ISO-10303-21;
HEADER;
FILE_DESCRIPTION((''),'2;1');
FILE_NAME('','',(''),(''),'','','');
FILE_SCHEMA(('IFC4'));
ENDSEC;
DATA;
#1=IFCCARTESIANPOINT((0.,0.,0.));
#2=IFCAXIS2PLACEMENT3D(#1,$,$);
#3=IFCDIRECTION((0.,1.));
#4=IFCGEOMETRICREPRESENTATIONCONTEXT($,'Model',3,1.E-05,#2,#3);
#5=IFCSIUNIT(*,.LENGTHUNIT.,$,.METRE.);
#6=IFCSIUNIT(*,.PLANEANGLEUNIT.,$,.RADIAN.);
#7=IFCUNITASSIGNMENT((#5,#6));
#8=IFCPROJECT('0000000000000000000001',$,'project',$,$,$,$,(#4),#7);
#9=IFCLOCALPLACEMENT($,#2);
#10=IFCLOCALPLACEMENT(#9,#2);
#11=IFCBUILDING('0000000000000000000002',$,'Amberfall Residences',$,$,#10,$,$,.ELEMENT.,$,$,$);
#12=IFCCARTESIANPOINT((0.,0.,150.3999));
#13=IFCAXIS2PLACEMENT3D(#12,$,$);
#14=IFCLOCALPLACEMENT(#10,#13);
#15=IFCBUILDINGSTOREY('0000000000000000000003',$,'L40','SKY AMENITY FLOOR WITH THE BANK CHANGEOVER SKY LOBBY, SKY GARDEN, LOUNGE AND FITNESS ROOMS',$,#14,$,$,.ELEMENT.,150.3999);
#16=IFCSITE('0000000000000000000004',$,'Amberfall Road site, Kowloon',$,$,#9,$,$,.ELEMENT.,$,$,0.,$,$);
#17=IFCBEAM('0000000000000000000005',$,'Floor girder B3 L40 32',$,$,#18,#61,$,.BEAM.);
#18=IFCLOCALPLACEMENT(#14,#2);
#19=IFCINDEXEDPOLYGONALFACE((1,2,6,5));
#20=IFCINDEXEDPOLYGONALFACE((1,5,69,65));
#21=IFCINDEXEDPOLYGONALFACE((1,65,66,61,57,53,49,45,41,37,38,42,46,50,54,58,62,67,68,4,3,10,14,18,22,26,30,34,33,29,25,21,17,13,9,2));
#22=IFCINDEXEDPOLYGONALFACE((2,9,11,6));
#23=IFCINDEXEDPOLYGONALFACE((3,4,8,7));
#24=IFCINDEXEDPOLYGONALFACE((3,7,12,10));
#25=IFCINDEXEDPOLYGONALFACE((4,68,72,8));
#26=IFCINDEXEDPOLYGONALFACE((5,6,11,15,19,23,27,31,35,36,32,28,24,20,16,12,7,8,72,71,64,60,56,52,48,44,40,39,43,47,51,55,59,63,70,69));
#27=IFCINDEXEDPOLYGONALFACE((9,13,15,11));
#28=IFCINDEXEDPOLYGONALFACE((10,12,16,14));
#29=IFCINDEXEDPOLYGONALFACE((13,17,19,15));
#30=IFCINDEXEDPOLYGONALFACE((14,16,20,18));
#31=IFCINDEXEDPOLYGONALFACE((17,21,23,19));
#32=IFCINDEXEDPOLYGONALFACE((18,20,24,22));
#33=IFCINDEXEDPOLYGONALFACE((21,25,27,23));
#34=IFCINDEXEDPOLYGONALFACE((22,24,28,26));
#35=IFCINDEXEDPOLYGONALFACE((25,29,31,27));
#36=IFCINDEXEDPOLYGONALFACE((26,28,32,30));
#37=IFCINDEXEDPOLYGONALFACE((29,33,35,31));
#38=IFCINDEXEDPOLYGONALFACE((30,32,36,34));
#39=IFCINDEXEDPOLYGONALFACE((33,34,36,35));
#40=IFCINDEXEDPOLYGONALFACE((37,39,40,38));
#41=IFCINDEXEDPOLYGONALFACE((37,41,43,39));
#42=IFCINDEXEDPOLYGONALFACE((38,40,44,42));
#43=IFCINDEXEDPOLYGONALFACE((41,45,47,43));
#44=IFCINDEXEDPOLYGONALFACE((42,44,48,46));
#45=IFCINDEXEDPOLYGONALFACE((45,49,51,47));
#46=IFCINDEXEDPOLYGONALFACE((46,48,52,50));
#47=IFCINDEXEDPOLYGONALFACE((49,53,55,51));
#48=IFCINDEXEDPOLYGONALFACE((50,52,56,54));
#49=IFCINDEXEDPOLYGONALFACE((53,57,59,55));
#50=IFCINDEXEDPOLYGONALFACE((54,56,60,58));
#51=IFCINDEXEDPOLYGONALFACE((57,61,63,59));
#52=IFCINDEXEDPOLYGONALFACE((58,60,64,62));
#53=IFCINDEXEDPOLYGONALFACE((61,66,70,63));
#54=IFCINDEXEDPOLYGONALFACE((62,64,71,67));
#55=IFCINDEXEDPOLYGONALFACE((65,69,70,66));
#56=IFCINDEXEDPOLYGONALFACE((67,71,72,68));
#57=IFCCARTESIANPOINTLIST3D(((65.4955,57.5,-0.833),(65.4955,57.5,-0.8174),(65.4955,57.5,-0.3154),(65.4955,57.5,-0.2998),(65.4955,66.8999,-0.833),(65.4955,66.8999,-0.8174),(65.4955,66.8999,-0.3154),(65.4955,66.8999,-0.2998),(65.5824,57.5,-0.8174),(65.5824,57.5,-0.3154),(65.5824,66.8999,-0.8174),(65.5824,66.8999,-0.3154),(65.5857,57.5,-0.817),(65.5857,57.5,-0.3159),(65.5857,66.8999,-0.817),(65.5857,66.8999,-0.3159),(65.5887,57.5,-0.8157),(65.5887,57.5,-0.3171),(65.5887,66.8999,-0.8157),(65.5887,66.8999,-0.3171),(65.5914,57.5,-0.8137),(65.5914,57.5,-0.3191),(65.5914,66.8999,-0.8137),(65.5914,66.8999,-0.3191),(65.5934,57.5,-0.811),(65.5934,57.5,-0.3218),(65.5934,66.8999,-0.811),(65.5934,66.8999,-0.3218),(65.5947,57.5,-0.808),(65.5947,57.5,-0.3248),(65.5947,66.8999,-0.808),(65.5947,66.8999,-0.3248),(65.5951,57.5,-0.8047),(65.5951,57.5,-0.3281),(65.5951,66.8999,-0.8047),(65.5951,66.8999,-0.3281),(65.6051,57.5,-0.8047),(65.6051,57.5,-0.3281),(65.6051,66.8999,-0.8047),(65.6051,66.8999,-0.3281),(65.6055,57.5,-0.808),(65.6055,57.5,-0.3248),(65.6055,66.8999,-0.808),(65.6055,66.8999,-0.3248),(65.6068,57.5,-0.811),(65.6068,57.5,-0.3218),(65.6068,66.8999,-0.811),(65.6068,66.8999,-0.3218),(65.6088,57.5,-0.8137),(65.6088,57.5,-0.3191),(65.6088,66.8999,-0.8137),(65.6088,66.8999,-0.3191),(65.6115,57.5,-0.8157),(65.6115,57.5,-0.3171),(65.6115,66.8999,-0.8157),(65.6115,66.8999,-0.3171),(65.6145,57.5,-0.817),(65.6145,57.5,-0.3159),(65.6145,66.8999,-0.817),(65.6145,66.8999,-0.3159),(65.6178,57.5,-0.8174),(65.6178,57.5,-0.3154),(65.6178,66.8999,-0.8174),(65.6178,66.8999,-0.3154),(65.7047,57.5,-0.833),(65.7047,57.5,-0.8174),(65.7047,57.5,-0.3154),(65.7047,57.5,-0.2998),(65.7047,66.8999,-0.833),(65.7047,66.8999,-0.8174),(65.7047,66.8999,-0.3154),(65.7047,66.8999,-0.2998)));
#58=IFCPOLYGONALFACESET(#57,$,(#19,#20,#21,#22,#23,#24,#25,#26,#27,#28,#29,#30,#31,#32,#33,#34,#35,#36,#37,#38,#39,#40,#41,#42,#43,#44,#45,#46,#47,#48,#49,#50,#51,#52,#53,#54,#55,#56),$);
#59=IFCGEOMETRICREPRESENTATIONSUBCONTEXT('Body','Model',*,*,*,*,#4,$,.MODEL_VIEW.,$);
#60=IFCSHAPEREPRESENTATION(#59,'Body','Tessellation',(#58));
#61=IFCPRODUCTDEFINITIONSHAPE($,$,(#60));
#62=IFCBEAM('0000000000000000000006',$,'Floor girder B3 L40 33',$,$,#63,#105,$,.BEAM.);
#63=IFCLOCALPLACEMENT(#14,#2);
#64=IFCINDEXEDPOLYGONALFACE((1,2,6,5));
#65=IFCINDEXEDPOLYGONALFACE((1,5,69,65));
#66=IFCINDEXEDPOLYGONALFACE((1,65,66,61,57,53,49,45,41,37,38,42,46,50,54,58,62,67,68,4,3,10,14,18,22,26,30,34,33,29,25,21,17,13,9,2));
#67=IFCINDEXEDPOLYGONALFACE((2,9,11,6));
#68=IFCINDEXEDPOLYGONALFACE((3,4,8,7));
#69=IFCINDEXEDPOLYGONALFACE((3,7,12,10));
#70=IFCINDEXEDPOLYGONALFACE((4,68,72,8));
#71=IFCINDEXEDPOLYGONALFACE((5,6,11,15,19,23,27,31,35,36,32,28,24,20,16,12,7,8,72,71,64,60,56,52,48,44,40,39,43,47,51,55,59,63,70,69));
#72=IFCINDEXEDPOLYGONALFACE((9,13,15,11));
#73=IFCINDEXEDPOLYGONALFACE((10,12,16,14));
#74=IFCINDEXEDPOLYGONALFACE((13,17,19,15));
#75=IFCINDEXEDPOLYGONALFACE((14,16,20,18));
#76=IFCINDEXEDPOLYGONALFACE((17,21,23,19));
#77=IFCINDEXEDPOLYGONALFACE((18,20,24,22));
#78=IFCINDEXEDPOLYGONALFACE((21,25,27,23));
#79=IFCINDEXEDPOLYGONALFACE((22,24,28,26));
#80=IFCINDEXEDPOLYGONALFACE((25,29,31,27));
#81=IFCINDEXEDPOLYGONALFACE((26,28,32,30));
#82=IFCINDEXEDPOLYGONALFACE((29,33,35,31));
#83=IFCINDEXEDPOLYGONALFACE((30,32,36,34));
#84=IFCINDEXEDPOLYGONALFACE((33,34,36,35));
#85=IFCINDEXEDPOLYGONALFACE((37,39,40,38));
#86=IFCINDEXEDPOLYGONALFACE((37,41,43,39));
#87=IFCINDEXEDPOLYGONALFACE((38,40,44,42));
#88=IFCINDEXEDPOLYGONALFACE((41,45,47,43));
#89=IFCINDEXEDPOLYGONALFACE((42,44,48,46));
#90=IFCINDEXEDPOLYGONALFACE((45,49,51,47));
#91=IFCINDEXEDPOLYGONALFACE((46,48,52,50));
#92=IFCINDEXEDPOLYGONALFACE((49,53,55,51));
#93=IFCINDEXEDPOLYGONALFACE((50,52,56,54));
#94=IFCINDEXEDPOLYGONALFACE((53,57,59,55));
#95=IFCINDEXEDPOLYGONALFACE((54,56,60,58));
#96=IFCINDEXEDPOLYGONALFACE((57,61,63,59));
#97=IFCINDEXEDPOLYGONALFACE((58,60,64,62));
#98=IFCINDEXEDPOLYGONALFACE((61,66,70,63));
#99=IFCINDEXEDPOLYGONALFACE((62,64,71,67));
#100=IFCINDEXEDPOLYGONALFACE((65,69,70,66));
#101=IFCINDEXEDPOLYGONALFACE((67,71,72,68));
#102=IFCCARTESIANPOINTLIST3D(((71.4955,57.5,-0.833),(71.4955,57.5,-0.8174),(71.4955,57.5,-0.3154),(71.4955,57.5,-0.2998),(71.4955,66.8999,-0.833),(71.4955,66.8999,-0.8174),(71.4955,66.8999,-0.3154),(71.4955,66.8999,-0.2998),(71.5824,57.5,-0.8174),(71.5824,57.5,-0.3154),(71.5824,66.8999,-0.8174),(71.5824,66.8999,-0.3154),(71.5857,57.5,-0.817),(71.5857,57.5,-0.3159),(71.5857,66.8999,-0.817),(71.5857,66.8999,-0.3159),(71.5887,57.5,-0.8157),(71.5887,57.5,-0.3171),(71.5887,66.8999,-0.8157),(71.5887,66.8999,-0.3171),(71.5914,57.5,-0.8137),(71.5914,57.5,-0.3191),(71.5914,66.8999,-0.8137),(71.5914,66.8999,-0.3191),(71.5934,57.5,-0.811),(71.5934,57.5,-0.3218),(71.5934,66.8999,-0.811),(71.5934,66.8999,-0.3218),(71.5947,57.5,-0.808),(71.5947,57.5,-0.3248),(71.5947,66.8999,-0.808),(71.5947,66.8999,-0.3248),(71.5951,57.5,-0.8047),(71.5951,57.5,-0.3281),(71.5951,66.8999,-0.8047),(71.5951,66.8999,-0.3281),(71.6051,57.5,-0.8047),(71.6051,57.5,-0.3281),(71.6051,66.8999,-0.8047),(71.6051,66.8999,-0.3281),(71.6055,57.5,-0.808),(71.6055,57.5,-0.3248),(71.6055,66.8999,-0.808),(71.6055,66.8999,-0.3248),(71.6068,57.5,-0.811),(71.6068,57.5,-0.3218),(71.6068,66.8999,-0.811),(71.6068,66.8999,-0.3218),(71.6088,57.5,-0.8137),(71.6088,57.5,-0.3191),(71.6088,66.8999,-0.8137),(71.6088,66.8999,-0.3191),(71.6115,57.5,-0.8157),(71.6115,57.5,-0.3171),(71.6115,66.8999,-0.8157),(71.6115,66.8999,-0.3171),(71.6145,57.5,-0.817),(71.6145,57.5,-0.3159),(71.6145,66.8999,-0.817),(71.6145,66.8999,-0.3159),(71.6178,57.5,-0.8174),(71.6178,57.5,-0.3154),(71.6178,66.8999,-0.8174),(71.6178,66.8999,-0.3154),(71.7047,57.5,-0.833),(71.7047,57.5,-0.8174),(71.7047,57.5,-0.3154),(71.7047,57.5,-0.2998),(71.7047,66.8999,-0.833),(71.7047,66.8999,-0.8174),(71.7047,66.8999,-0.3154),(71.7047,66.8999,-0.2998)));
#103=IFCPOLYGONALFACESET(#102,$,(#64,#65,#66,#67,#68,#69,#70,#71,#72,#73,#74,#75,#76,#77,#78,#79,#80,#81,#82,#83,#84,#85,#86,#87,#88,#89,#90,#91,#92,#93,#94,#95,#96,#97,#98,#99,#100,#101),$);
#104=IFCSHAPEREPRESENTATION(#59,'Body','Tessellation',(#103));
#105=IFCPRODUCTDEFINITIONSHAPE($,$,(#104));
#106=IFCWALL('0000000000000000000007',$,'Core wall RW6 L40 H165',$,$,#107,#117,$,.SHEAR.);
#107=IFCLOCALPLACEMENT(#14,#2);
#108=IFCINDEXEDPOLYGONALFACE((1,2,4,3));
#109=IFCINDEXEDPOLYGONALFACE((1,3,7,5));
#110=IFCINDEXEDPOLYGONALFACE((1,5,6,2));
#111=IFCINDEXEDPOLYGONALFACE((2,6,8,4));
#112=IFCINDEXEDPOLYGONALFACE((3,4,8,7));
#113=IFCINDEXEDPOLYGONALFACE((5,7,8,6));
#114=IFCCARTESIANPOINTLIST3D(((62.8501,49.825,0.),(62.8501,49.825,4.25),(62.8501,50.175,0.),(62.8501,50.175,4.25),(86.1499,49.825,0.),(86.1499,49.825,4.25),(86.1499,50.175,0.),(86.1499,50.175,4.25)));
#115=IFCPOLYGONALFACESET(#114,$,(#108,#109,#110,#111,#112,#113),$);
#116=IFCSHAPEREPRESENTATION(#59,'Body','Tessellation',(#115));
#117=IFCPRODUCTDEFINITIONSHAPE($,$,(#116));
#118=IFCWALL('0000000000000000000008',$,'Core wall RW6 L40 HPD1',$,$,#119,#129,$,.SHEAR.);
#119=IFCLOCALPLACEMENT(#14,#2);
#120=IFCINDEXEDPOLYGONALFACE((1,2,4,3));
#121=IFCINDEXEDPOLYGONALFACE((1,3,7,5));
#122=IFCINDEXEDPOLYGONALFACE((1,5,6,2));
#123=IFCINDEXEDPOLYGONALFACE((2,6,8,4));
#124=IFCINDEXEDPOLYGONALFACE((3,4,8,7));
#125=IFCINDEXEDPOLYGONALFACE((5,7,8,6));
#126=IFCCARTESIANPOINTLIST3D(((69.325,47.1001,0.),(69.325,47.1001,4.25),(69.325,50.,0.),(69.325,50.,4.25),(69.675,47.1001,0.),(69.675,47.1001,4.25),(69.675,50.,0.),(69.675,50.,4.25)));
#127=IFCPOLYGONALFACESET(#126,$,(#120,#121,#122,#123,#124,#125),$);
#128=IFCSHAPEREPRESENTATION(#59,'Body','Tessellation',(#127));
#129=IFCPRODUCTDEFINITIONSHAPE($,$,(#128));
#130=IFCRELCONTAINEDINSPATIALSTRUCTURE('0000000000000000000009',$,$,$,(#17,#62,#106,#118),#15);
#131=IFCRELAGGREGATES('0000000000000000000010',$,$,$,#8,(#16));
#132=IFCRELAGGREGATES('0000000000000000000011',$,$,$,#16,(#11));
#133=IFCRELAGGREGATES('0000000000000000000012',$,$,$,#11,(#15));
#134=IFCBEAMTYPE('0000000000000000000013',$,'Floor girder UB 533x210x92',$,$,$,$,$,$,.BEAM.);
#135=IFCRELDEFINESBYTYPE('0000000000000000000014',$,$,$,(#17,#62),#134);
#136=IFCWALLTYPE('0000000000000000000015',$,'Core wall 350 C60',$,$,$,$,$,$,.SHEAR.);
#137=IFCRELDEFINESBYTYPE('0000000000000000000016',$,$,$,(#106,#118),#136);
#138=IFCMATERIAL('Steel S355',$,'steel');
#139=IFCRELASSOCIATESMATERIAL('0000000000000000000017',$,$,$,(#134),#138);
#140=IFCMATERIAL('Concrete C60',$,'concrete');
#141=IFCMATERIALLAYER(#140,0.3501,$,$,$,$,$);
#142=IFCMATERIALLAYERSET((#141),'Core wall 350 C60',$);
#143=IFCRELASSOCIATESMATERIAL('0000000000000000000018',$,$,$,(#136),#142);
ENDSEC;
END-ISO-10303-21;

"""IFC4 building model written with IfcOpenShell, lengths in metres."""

from ifc_helpers import new_model, si_unit, direction, frame, frame_2d, origin, origin_2d, place, context, subcontext, project, spatial, rectangle, i_section, extrude, material, layer, layer_set, material_profile, profile_set, type_object, element, save


model = new_model("IFC4")

# Units and contexts
model_context = context("Model", 3, precision=1e-05, world=origin(), true_north=direction((0.0, 1.0)))
body_context = subcontext(model_context, "Body", "Model", "MODEL_VIEW")
ifc_project = project(units=[si_unit("LENGTHUNIT", "METRE"), si_unit("PLANEANGLEUNIT", "RADIAN")], contexts=[model_context])

# Site, building, storey
site_placement = place(None, origin())
site = spatial("IfcSite", under=ifc_project, at=site_placement, Name="Amberfall Road site, Kowloon", CompositionType="ELEMENT", RefElevation=0.0)
building_placement = place(site_placement, origin())
building = spatial("IfcBuilding", under=site, at=building_placement, Name="Amberfall Residences", CompositionType="ELEMENT")
storey_placement = place(building_placement, frame((0.0, 0.0, 150.3999)))
storey = spatial("IfcBuildingStorey", under=building, at=storey_placement, Name="L40", Description="SKY AMENITY FLOOR WITH THE BANK CHANGEOVER SKY LOBBY, SKY GARDEN, LOUNGE AND FITNESS ROOMS", CompositionType="ELEMENT", Elevation=150.3999)

# Beams
ifc_material_1 = material(Name="Steel S355", Category="steel")
ifc_material_profile = material_profile(ifc_material_1, i_section(OverallWidth=0.2092, OverallDepth=0.5332, WebThickness=0.01, FlangeThickness=0.0156, FilletRadius=0.0127, at=origin_2d()), Name="UB 533x210x92")
ifc_profile_set = profile_set([ifc_material_profile], Name="Steel S355")
beam_type = type_object("IfcBeamType", Name="Floor girder UB 533x210x92", PredefinedType="BEAM", material=ifc_profile_set)
for number, where, z_axis, x_axis, name in (
    (1, (65.6001, 66.8999, -0.5664), (0.0, -1.0, 0.0), (1.0, 0.0, 0.0), "Floor girder B3 L40 32"),
    (2, (71.6001, 66.8999, -0.5664), (0.0, -1.0, 0.0), (1.0, 0.0, 0.0), "Floor girder B3 L40 33"),
):
    element("IfcBeam", number, at=place(storey_placement, frame(where, z_axis=z_axis, x_axis=x_axis)), inside=storey, type_object=beam_type, Name=name, PredefinedType="BEAM", context=body_context, shape_type="SweptSolid", body=[
        extrude(i_section(OverallWidth=0.2092, OverallDepth=0.5332, WebThickness=0.01, FlangeThickness=0.0156, FilletRadius=0.0127, at=origin_2d()), origin(), (0.0, 0.0, 1.0), 9.3999),
    ])

# Walls
ifc_material_2 = material(Name="Concrete C60", Category="concrete")
ifc_layer_1 = layer(ifc_material_2, 0.3501)
ifc_layer_set_1 = layer_set([ifc_layer_1], Name="Core wall 350 C60")
wall_type_1 = type_object("IfcWallType", Name="Core wall 350 C60", PredefinedType="SHEAR", material=ifc_layer_set_1)
wall_1_placement = place(storey_placement, frame((62.8501, 50.0, 0.0), z_axis=(0.0, 0.0, 1.0), x_axis=(1.0, 0.0, 0.0)))
element("IfcWall", 3, at=wall_1_placement, inside=storey, type_object=wall_type_1, Name="Core wall RW6 L40 H165", PredefinedType="SHEAR", context=body_context, shape_type="SweptSolid", body=[
    extrude(rectangle(XDim=23.2998, YDim=0.3501, at=frame_2d((11.6499, 0.0))), origin(), (0.0, 0.0, 1.0), 4.25),
])
wall_2_placement = place(storey_placement, frame((69.5, 47.1001, 0.0), z_axis=(0.0, 0.0, 1.0), x_axis=(0.0, 1.0, 0.0)))
element("IfcWall", 4, at=wall_2_placement, inside=storey, type_object=wall_type_1, Name="Core wall RW6 L40 HPD1", PredefinedType="SHEAR", context=body_context, shape_type="SweptSolid", body=[
    extrude(rectangle(XDim=2.8999, YDim=0.3501, at=frame_2d((1.45, 0.0))), origin(), (0.0, 0.0, 1.0), 4.25),
])

save(model, "model.ifc")
